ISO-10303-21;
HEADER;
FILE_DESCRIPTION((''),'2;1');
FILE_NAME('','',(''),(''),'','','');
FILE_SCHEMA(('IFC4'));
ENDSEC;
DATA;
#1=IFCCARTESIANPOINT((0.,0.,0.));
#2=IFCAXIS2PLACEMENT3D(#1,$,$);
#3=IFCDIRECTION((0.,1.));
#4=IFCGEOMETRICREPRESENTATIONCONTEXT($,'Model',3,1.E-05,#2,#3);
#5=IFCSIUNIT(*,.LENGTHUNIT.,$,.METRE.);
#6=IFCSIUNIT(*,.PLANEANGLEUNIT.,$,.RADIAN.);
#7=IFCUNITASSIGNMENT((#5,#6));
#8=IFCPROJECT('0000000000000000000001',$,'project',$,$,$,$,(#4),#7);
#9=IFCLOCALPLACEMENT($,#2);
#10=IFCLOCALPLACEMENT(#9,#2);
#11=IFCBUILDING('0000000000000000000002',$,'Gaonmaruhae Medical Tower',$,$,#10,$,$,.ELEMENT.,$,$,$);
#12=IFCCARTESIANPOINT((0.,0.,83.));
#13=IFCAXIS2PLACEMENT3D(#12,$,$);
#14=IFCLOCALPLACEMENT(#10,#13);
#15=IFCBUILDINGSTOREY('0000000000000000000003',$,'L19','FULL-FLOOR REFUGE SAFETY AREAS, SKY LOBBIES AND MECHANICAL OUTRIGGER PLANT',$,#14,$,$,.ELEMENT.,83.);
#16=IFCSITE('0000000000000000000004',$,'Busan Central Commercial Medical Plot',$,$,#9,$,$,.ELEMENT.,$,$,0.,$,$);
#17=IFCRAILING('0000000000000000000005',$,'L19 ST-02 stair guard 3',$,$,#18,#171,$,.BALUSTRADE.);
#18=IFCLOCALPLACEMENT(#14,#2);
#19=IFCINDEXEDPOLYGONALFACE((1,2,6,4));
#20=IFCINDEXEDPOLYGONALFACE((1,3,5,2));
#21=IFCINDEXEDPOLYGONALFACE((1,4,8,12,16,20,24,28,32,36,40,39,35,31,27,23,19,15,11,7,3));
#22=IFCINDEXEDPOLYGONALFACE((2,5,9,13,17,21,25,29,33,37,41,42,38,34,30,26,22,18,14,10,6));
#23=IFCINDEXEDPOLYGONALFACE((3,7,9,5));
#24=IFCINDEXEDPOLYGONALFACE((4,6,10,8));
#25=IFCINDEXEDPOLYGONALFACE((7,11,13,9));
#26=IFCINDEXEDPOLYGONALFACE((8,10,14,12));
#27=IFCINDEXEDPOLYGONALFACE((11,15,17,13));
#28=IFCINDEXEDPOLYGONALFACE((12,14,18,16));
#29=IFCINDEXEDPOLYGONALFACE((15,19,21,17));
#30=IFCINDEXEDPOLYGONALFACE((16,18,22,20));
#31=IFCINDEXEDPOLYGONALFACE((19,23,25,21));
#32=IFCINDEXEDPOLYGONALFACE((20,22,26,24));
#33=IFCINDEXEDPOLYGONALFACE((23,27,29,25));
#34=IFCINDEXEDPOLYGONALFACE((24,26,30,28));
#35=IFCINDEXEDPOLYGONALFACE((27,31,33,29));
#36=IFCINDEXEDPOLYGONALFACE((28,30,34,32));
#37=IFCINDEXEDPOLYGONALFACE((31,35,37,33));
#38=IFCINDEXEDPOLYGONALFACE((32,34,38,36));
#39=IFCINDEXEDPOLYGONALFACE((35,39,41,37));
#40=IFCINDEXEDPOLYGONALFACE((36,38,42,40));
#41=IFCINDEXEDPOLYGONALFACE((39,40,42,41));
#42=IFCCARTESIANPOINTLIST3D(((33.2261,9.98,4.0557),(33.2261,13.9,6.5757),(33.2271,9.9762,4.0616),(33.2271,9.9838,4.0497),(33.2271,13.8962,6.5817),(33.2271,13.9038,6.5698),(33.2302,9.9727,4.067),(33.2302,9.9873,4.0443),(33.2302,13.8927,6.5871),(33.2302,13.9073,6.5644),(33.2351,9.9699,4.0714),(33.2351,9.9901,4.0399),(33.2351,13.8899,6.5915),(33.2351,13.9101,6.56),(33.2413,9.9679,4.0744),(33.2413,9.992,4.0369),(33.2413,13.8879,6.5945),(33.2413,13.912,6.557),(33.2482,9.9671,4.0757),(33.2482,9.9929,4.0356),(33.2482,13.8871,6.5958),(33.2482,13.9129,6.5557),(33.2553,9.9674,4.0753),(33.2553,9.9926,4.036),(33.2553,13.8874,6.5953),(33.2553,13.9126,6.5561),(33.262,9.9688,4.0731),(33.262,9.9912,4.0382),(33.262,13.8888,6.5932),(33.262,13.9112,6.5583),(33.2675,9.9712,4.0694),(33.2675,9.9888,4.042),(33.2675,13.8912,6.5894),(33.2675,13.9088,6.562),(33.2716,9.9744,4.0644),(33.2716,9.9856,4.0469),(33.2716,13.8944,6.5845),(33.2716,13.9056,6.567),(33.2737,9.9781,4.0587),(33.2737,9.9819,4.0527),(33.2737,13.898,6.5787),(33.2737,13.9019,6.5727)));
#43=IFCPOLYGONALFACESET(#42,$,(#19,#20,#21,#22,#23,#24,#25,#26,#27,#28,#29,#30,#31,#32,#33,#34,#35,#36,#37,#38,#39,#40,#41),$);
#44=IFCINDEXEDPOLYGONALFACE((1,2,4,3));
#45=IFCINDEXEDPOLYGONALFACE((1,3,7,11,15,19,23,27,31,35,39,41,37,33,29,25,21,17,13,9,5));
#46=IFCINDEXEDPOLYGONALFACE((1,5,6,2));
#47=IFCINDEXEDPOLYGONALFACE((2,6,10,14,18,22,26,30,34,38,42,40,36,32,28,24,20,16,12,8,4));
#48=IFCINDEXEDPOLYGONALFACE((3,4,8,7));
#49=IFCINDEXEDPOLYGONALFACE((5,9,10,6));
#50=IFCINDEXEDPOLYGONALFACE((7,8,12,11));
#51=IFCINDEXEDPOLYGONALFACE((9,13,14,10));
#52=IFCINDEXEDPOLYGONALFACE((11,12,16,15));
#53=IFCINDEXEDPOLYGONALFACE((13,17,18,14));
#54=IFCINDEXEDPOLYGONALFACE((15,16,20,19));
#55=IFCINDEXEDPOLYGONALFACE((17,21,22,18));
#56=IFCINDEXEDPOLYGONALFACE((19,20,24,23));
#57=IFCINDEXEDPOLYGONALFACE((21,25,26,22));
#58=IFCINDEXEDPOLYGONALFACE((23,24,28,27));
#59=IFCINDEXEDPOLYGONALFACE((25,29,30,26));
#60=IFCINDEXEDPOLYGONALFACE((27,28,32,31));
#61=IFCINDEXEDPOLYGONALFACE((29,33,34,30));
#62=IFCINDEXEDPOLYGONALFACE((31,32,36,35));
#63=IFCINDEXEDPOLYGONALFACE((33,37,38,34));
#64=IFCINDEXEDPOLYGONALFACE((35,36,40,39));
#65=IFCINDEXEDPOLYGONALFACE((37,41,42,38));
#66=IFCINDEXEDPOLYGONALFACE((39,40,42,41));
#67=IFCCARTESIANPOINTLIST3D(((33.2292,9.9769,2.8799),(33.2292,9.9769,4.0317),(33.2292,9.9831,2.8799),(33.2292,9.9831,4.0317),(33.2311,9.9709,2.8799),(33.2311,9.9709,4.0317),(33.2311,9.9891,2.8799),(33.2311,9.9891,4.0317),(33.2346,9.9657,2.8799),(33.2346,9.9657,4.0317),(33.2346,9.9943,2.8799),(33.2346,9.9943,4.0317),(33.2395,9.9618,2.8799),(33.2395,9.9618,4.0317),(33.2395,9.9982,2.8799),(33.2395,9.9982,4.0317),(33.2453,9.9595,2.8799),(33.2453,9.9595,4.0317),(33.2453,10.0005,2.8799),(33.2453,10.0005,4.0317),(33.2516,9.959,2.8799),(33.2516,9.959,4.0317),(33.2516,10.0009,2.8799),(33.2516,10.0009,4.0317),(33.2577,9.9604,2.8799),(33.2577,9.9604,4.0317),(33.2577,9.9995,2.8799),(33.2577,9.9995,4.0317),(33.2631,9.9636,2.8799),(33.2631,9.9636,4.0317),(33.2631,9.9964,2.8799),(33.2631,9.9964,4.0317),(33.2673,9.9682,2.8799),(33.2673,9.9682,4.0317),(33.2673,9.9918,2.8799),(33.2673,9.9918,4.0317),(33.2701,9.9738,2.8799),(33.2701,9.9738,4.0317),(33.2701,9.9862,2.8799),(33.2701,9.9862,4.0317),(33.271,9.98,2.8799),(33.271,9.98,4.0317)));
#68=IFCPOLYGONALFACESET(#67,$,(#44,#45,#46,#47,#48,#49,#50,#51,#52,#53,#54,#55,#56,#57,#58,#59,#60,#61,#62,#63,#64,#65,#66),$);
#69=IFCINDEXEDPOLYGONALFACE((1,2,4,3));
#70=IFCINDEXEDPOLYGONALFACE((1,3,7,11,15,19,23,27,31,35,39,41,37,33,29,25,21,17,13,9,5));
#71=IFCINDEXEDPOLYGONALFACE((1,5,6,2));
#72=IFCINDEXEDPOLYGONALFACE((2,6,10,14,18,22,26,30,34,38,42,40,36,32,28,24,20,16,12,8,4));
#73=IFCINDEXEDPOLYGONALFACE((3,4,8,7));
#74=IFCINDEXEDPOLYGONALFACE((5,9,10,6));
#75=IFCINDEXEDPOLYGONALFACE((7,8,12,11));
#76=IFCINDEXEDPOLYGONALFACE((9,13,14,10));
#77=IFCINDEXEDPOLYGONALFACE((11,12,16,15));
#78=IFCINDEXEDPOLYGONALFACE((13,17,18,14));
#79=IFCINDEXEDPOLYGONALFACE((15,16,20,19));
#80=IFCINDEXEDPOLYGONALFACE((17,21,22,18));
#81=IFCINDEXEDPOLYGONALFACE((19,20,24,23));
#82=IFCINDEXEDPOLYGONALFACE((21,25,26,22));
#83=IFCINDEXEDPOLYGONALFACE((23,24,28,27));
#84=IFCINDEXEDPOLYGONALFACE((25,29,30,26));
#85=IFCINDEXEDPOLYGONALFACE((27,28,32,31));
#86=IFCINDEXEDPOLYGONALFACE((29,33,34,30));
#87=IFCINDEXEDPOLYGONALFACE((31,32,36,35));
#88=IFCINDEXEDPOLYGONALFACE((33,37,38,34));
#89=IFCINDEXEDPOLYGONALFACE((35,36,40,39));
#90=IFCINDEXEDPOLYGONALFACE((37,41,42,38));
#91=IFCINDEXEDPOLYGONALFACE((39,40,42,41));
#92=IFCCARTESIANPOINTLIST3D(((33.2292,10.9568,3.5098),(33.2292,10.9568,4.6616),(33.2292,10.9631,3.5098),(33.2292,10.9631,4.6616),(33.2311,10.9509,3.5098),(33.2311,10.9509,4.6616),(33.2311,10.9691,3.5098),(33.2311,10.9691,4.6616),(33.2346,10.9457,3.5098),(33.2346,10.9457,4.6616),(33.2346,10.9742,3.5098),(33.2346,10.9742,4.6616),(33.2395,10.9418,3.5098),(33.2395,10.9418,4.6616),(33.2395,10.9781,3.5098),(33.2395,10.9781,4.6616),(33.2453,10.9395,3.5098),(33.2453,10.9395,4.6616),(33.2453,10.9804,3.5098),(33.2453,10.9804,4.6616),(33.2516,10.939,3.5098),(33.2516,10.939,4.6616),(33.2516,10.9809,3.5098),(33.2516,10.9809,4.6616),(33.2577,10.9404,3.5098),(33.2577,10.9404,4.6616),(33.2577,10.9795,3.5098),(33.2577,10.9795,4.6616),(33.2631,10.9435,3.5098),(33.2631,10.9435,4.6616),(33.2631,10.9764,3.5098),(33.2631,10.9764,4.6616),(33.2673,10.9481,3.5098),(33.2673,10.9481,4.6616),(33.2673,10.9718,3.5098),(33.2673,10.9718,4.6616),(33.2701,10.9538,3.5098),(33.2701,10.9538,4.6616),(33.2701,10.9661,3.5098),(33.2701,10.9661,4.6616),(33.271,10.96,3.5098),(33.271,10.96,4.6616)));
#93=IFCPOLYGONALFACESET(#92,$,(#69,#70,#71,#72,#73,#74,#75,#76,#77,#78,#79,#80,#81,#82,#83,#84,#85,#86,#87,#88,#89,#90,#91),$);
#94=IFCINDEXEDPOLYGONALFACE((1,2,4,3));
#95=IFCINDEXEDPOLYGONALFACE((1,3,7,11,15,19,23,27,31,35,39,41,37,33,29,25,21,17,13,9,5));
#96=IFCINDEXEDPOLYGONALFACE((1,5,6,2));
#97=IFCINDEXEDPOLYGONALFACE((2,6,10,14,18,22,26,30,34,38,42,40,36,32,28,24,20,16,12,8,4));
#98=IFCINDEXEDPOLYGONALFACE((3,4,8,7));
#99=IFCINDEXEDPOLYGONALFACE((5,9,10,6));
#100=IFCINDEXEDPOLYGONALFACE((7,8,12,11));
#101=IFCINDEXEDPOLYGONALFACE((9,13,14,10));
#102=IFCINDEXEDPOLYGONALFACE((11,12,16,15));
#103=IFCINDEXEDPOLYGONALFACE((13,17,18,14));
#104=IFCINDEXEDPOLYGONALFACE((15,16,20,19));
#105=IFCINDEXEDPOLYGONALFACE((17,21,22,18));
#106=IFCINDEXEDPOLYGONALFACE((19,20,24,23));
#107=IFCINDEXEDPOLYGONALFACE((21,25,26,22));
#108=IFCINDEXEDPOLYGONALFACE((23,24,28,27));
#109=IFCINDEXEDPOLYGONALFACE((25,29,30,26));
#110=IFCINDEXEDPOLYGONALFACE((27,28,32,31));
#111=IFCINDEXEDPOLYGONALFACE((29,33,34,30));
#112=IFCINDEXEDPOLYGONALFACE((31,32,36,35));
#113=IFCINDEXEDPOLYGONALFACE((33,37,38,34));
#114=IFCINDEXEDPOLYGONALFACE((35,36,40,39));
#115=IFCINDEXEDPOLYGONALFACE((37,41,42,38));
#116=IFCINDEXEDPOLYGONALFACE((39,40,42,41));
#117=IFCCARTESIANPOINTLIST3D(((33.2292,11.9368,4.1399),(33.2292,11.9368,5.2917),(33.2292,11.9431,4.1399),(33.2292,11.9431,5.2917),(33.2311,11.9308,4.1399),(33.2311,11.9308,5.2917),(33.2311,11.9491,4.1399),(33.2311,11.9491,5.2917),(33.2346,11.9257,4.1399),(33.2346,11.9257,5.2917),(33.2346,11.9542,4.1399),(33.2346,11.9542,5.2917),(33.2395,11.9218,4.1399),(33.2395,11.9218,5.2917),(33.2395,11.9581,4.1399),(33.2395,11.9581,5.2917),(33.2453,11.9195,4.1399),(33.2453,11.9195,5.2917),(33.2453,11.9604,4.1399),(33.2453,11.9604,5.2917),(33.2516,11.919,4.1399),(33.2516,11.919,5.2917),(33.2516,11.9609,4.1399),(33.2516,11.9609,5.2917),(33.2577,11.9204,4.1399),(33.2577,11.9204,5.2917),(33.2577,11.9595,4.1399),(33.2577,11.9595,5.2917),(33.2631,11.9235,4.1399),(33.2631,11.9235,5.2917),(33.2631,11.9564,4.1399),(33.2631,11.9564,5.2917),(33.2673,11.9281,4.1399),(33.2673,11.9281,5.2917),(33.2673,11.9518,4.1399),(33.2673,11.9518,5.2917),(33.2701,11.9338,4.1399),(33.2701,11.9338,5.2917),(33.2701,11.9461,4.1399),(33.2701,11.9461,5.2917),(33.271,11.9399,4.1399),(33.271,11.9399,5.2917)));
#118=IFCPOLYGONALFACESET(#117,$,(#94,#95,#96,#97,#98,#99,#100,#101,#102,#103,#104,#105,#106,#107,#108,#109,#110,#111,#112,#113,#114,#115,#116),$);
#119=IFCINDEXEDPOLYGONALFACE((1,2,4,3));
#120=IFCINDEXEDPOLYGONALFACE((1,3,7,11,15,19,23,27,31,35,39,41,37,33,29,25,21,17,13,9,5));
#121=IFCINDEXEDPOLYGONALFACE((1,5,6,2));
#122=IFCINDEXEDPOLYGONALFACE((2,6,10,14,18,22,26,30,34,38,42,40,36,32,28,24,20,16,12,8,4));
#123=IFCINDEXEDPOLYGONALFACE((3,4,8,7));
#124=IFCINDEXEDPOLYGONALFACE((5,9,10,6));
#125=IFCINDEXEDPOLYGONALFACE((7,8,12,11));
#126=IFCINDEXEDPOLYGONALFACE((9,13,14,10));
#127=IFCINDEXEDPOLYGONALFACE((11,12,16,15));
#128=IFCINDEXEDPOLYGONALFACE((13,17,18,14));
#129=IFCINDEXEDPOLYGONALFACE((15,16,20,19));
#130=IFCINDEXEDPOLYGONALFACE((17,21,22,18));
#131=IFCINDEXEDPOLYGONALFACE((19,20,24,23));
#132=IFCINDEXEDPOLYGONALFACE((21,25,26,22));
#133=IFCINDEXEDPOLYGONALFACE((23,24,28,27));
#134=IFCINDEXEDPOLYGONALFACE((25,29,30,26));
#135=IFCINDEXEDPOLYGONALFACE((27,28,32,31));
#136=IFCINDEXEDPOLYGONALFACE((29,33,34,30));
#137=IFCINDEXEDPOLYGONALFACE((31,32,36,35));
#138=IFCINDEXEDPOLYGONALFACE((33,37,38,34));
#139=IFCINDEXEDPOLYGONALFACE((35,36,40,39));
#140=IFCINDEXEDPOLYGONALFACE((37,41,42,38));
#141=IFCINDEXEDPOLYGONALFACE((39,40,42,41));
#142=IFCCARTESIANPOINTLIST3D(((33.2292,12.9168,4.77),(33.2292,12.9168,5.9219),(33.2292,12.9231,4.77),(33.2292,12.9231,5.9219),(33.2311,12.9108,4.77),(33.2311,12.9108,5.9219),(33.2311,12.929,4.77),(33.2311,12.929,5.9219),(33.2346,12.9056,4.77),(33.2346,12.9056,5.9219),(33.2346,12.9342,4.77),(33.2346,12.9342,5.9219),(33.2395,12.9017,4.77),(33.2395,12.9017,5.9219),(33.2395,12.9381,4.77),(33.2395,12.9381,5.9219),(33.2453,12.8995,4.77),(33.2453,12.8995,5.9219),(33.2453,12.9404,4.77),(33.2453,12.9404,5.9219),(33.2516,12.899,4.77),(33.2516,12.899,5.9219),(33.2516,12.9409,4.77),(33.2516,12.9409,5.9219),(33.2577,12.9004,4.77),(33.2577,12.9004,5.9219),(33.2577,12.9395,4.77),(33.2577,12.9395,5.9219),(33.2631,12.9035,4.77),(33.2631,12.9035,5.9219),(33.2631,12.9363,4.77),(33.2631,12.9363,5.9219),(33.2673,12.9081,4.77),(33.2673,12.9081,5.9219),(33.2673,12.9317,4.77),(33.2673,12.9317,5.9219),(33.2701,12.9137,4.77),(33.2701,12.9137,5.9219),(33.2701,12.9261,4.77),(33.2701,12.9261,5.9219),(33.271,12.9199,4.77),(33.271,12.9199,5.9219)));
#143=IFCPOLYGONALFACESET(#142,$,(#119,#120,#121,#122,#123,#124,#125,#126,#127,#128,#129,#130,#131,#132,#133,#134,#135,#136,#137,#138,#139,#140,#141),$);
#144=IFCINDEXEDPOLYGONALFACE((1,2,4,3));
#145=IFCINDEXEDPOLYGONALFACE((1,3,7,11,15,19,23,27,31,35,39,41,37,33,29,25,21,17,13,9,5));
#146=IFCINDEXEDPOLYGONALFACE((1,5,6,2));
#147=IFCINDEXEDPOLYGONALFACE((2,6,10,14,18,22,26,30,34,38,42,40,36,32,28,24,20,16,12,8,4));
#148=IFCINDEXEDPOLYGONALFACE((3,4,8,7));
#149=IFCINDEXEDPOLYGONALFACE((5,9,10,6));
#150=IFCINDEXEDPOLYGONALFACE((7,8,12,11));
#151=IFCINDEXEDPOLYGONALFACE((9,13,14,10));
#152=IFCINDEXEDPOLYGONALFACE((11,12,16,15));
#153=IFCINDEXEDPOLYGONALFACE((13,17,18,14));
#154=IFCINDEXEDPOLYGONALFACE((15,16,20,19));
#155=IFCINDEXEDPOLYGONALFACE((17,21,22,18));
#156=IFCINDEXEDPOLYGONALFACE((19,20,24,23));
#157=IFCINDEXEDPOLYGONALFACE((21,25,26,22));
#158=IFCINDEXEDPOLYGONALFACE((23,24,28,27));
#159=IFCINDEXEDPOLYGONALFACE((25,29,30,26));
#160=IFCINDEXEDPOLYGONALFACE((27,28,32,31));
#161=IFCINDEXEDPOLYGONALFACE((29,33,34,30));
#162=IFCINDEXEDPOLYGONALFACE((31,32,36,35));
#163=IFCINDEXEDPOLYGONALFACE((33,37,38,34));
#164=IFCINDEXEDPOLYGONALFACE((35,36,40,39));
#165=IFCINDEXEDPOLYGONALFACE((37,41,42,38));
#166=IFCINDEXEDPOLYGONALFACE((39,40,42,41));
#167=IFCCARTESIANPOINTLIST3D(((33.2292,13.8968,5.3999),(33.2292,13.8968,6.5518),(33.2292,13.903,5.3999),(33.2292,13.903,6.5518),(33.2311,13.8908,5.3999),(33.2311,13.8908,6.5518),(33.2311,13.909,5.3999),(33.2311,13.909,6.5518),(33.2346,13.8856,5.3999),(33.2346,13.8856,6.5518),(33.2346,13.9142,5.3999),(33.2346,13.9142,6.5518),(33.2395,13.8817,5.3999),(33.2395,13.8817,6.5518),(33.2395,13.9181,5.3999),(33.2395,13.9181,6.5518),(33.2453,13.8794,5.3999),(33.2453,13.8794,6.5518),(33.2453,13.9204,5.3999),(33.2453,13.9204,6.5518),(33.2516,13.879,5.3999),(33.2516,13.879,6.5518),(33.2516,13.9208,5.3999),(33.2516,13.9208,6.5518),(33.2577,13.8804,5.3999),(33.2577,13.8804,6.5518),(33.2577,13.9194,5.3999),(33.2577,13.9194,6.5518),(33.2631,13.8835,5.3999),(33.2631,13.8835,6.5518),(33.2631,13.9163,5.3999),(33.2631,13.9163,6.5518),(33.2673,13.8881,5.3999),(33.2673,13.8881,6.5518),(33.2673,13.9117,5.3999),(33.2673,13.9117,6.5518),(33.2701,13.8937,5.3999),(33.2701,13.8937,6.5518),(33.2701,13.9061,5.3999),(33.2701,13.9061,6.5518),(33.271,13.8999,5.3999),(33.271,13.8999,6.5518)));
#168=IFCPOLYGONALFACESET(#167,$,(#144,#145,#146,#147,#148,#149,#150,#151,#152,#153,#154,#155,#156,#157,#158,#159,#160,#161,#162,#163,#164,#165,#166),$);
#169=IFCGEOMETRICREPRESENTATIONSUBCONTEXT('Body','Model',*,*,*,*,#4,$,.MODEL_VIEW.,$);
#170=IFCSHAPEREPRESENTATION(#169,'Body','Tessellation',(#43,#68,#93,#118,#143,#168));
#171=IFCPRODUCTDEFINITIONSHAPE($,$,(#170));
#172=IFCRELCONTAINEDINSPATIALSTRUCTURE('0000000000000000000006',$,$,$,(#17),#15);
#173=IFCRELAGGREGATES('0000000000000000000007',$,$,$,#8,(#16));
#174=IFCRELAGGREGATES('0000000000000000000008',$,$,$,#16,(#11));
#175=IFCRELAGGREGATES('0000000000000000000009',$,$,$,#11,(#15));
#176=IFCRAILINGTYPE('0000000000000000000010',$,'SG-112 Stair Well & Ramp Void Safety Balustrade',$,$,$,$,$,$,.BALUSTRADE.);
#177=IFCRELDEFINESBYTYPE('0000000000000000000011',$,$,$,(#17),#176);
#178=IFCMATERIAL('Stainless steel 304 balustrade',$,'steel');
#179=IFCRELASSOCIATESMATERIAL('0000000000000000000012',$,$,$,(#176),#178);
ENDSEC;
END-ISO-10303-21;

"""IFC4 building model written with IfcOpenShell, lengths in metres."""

from ifc_helpers import new_model, si_unit, direction, frame, origin, origin_2d, place, context, subcontext, project, spatial, circle, extrude, material, type_object, element, save


model = new_model("IFC4")

# Units and contexts
model_context = context("Model", 3, precision=1e-05, world=origin(), true_north=direction((0.0, 1.0)))
body_context = subcontext(model_context, "Body", "Model", "MODEL_VIEW")
ifc_project = project(units=[si_unit("LENGTHUNIT", "METRE"), si_unit("PLANEANGLEUNIT", "RADIAN")], contexts=[model_context])

# Site, building, storey
site_placement = place(None, origin())
site = spatial("IfcSite", under=ifc_project, at=site_placement, Name="Busan Central Commercial Medical Plot", CompositionType="ELEMENT", RefElevation=0.0)
building_placement = place(site_placement, origin())
building = spatial("IfcBuilding", under=site, at=building_placement, Name="Gaonmaruhae Medical Tower", CompositionType="ELEMENT")
storey_placement = place(building_placement, frame((0.0, 0.0, 83.0)))
storey = spatial("IfcBuildingStorey", under=building, at=storey_placement, Name="L19", Description="FULL-FLOOR REFUGE SAFETY AREAS, SKY LOBBIES AND MECHANICAL OUTRIGGER PLANT", CompositionType="ELEMENT", Elevation=83.0)

# Railing
ifc_material_1 = material(Name="Stainless steel 304 balustrade", Category="steel")
railing_type_1 = type_object("IfcRailingType", Name="SG-112 Stair Well & Ramp Void Safety Balustrade", PredefinedType="BALUSTRADE", material=ifc_material_1)
railing_1_placement = place(storey_placement, frame((33.25, 9.98, 2.8799)))
element("IfcRailing", 1, at=railing_1_placement, inside=storey, type_object=railing_type_1, Name="L19 ST-02 stair guard 3", PredefinedType="BALUSTRADE", context=body_context, shape_type="SweptSolid", body=[
    extrude(circle(Radius=0.0239, at=origin_2d()), frame((0.0, 0.0, 1.1758), z_axis=(0.0, 0.841172, 0.540768), x_axis=(-1.0, 0.0, 0.0)), (0.0, 0.0, 1.0), 4.6602),
    extrude(circle(Radius=0.021, at=origin_2d()), origin(), (0.0, 0.0, 1.0), 1.1519),
    extrude(circle(Radius=0.021, at=origin_2d()), frame((0.0, 0.98, 0.6299)), (0.0, 0.0, 1.0), 1.1519),
    extrude(circle(Radius=0.021, at=origin_2d()), frame((0.0, 1.96, 1.26)), (0.0, 0.0, 1.0), 1.1519),
    extrude(circle(Radius=0.021, at=origin_2d()), frame((0.0, 2.9399, 1.8901)), (0.0, 0.0, 1.0), 1.1519),
    extrude(circle(Radius=0.021, at=origin_2d()), frame((0.0, 3.9199, 2.52)), (0.0, 0.0, 1.0), 1.1519),
])

save(model, "model.ifc")
